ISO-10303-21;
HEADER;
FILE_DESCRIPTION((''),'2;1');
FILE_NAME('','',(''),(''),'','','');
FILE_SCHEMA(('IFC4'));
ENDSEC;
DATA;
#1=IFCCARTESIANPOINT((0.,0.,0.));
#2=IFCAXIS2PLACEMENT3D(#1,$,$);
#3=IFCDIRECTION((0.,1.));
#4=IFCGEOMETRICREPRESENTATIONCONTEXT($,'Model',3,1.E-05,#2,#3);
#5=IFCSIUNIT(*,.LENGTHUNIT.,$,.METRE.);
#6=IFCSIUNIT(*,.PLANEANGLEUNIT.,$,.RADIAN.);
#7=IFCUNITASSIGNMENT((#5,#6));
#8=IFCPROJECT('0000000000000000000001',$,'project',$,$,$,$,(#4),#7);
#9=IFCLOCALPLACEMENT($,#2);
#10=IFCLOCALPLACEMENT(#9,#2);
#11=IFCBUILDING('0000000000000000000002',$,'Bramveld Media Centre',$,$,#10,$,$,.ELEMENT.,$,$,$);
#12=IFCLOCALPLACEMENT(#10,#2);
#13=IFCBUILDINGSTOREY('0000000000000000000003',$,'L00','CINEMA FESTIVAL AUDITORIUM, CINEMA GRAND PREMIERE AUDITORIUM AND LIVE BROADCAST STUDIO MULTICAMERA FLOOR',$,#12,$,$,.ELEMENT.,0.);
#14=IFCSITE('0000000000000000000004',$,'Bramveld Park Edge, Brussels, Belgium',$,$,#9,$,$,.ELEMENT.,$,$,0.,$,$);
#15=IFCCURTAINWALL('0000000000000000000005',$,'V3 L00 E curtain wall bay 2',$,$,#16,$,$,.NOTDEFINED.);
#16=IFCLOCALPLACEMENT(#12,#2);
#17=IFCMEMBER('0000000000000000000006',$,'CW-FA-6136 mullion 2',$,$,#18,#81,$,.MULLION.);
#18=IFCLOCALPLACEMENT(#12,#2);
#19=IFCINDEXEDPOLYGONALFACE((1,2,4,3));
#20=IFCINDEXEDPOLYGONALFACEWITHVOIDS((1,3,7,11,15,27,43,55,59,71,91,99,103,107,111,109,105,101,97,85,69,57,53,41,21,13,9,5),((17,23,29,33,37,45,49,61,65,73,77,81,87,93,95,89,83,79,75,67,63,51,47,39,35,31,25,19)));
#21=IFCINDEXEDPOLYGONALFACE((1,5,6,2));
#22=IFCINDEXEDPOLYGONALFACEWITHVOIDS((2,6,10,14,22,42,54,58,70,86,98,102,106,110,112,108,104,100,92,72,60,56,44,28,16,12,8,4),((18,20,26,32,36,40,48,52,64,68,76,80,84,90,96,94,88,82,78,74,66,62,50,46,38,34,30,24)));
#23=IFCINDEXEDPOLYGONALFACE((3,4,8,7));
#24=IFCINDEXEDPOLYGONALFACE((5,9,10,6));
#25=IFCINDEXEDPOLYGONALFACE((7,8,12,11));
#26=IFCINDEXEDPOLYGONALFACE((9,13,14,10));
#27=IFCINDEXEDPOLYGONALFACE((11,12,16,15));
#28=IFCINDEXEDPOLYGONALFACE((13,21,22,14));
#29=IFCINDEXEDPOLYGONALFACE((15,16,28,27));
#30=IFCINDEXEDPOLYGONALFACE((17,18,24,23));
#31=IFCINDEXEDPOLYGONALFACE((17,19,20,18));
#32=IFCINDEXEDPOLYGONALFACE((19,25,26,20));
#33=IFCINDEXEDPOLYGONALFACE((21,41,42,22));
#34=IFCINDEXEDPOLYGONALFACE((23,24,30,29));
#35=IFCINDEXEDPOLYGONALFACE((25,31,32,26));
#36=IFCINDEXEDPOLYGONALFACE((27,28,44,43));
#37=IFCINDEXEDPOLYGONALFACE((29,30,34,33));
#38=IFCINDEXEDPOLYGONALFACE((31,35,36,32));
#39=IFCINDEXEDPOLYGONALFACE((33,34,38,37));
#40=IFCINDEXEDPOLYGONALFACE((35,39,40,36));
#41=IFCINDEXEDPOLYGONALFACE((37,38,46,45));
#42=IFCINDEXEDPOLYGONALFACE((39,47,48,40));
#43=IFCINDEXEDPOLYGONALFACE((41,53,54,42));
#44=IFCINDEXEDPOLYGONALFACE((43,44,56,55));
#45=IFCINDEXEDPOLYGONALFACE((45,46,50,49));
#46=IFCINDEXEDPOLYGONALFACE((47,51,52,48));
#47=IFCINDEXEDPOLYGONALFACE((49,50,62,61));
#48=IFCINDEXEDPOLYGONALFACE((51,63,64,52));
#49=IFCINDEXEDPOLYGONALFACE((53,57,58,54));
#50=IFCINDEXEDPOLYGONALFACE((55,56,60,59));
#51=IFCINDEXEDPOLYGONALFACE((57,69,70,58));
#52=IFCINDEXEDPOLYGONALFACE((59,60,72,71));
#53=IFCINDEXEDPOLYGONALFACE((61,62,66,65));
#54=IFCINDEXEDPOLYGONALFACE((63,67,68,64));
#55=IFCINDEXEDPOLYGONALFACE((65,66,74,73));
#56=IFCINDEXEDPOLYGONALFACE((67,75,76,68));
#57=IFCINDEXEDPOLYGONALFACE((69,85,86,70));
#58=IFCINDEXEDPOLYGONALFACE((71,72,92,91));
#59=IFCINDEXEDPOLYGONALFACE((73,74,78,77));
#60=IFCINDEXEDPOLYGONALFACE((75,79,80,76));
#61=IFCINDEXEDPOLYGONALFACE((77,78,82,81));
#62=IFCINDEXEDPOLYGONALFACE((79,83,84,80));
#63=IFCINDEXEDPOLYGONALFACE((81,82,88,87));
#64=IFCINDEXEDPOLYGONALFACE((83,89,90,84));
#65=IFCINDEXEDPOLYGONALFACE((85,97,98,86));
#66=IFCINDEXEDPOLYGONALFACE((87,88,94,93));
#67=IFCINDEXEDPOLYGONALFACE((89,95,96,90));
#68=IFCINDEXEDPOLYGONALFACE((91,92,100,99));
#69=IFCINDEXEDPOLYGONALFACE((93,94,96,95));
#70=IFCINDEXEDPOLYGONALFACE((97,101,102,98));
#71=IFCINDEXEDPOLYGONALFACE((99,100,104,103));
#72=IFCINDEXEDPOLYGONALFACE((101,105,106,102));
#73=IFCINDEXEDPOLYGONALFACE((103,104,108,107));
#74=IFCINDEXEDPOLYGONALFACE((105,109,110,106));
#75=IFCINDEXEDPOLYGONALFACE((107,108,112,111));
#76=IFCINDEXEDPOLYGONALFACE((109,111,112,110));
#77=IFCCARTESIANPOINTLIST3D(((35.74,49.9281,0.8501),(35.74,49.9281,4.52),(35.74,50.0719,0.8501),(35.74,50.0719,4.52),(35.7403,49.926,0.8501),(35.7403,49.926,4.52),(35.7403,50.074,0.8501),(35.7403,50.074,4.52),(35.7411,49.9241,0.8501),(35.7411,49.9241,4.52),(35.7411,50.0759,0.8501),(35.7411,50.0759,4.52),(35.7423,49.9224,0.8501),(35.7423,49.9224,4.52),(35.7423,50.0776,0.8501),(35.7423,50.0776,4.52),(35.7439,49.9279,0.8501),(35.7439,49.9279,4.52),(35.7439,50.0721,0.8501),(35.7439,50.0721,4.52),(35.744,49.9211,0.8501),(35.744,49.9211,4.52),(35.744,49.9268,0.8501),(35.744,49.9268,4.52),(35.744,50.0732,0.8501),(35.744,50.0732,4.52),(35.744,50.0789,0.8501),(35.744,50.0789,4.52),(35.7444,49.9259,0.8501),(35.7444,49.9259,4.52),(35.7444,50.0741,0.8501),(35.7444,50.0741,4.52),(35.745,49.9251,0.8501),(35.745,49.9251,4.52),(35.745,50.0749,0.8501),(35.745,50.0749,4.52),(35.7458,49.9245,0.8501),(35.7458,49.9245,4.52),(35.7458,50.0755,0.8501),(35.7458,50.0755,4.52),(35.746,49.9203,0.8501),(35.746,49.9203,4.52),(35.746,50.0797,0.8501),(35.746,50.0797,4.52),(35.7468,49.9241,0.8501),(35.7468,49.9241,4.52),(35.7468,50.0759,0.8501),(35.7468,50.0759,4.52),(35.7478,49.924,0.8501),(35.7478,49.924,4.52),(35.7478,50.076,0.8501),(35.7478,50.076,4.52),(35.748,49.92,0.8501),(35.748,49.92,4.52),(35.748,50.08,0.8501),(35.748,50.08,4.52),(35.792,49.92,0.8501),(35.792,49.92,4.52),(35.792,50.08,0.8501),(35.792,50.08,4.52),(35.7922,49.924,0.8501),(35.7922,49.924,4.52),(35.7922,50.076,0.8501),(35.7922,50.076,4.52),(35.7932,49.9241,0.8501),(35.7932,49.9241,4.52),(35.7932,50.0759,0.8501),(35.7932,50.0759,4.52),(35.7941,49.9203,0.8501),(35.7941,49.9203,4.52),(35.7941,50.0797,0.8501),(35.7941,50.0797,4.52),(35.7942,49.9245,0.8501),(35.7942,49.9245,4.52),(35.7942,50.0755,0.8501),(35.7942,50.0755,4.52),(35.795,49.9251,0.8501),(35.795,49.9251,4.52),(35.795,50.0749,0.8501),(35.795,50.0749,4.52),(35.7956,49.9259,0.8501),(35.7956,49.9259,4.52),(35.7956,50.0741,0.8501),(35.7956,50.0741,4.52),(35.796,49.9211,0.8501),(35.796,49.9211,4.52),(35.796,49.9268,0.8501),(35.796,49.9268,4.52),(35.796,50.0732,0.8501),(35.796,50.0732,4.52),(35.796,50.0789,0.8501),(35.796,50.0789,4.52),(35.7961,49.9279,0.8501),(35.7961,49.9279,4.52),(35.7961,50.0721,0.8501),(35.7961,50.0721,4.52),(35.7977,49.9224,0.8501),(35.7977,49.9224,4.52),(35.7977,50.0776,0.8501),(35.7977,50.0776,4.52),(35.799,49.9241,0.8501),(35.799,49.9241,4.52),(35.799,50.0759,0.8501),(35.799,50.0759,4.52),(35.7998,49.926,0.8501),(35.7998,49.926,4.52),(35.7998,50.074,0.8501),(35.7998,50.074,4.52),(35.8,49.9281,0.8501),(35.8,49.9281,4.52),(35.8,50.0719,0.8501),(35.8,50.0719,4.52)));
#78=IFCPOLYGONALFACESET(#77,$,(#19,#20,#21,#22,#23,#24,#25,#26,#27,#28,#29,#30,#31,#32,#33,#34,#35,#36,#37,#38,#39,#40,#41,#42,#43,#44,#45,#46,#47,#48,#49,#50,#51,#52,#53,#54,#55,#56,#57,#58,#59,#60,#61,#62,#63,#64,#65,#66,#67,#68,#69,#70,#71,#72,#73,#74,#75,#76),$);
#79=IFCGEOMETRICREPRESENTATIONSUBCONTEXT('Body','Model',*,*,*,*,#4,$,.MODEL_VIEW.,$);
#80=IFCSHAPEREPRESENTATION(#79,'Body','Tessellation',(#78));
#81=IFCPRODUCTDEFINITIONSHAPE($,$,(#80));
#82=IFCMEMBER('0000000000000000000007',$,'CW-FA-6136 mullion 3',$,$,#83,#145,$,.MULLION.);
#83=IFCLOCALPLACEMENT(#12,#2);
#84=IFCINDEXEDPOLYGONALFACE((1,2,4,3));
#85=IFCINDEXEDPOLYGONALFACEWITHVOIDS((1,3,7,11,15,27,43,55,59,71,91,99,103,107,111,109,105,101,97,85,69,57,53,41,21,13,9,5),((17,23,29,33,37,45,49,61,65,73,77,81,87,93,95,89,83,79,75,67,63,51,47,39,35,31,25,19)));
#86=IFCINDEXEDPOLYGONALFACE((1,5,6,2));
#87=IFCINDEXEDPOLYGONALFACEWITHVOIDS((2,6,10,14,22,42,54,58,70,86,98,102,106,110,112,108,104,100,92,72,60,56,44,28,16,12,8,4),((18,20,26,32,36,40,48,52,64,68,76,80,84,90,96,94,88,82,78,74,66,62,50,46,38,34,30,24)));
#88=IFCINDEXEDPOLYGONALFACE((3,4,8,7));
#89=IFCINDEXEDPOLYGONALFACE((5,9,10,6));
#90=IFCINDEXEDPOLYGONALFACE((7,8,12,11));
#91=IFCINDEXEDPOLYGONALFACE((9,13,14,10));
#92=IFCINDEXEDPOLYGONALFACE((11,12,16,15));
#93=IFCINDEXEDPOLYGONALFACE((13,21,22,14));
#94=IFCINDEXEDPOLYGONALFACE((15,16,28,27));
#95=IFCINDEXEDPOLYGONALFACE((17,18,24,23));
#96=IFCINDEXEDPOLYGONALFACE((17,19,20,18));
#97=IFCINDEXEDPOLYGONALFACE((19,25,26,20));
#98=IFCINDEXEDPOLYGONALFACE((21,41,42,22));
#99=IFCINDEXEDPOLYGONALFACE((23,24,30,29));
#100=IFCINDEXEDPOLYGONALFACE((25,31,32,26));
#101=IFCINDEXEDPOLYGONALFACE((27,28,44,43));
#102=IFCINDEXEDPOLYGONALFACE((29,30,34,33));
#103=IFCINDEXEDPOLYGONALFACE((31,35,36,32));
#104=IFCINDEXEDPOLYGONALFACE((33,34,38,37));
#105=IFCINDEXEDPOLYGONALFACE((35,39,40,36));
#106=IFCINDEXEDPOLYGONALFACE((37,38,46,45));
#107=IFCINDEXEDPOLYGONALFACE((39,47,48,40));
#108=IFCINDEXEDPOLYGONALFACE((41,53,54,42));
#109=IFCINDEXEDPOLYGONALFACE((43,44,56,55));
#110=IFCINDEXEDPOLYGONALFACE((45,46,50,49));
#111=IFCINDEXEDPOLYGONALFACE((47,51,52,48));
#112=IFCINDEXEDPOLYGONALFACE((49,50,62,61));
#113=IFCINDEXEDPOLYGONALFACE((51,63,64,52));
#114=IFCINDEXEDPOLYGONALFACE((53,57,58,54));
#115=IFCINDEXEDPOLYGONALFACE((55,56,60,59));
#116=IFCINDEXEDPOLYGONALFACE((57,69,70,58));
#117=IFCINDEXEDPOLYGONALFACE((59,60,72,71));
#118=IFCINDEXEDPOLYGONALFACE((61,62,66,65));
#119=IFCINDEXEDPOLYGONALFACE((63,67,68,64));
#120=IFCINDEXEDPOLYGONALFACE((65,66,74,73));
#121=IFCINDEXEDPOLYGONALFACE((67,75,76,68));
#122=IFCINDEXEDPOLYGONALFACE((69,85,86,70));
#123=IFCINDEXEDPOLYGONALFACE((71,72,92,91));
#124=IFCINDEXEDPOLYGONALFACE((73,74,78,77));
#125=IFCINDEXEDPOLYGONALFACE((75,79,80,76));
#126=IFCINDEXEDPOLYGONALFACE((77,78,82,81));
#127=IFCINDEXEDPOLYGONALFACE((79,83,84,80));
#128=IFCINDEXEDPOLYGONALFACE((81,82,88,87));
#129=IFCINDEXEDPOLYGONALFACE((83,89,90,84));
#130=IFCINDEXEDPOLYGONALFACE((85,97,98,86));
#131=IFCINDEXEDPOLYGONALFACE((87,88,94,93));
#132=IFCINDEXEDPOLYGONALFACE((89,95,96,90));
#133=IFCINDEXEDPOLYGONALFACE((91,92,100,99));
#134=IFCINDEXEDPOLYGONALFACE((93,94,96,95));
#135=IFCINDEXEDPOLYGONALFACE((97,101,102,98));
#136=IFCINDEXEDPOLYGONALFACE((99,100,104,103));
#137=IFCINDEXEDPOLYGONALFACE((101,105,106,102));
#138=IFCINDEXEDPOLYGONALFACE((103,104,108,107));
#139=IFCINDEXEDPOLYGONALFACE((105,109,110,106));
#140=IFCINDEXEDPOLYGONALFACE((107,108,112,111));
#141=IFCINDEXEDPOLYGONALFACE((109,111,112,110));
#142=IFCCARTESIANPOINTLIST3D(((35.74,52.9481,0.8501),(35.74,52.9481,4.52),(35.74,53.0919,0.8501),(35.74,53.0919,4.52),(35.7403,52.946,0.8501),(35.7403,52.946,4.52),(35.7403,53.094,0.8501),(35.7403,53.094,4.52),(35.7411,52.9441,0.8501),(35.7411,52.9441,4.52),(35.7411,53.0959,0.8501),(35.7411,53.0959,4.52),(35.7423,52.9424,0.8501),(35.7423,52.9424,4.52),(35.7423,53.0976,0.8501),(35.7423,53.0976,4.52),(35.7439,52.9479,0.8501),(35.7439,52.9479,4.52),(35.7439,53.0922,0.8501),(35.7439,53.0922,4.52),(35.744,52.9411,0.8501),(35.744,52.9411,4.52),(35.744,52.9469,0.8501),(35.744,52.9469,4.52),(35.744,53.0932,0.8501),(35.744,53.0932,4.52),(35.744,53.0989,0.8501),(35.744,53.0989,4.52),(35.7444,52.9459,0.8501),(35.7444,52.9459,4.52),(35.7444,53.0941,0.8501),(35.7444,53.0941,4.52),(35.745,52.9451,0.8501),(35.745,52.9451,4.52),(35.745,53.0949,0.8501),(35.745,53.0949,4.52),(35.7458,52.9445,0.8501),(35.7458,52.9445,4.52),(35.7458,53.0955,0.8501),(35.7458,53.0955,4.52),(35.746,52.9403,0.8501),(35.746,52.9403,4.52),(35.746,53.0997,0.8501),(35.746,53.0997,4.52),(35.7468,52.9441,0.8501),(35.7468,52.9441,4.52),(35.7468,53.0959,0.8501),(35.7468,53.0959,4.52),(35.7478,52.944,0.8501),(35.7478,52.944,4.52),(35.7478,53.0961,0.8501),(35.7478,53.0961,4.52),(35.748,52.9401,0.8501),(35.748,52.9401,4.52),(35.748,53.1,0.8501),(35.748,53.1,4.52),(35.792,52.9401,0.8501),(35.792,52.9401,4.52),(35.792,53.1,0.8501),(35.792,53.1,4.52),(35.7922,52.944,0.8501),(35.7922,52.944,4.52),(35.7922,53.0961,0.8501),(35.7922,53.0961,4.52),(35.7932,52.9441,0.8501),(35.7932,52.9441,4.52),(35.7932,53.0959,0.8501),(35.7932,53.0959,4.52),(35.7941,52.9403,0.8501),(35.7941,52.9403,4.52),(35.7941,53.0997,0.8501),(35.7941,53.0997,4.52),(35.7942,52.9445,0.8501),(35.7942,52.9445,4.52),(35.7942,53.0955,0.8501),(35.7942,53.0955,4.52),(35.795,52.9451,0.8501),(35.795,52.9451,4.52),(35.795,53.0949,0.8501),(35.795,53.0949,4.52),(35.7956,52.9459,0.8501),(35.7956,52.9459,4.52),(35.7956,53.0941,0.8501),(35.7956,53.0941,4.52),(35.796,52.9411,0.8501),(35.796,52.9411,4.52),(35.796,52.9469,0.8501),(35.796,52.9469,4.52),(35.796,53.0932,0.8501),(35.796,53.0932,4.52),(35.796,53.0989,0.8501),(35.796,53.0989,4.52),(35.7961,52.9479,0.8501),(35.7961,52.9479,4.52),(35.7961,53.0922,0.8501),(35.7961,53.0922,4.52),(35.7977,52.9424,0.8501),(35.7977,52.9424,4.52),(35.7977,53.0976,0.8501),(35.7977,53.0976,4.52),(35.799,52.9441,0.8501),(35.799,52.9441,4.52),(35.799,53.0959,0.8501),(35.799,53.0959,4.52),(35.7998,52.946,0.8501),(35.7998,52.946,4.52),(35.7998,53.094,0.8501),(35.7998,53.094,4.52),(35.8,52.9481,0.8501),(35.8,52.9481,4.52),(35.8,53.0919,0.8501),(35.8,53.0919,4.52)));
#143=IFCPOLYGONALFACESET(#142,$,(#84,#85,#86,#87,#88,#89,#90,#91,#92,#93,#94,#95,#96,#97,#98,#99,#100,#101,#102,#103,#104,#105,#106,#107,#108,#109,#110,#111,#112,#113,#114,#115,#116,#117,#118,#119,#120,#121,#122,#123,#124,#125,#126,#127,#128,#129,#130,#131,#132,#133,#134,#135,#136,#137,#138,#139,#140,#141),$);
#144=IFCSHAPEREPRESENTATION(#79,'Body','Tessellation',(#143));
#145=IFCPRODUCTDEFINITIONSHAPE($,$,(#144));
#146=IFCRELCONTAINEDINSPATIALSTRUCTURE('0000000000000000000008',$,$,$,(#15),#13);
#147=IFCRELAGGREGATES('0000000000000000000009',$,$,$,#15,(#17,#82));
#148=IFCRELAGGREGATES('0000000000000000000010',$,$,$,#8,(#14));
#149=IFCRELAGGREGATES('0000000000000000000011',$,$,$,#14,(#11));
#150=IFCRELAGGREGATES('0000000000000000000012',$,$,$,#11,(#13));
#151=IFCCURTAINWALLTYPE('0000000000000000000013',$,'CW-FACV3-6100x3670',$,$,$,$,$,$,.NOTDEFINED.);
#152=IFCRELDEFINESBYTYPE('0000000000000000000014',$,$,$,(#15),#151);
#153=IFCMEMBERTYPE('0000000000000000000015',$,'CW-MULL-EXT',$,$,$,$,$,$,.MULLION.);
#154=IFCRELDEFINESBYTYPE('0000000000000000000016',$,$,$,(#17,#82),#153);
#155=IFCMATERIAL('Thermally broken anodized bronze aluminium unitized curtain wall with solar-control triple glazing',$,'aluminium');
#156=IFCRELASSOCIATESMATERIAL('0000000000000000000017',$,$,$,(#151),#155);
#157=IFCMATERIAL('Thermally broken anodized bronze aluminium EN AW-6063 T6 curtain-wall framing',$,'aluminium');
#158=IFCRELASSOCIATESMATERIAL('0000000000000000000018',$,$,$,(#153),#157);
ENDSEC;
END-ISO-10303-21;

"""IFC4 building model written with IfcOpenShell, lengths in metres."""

from ifc_helpers import new_model, si_unit, direction, frame, origin, origin_2d, place, context, subcontext, project, spatial, hollow_rectangle, extrude, material, material_profile, profile_set, type_object, element, aggregate, save


model = new_model("IFC4")

# Units and contexts
model_context = context("Model", 3, precision=1e-05, world=origin(), true_north=direction((0.0, 1.0)))
body_context = subcontext(model_context, "Body", "Model", "MODEL_VIEW")
ifc_project = project(units=[si_unit("LENGTHUNIT", "METRE"), si_unit("PLANEANGLEUNIT", "RADIAN")], contexts=[model_context])

# Site, building, storey
site_placement = place(None, origin())
site = spatial("IfcSite", under=ifc_project, at=site_placement, Name="Bramveld Park Edge, Brussels, Belgium", CompositionType="ELEMENT", RefElevation=0.0)
building_placement = place(site_placement, origin())
building = spatial("IfcBuilding", under=site, at=building_placement, Name="Bramveld Media Centre", CompositionType="ELEMENT")
storey_placement = place(building_placement, origin())
storey = spatial("IfcBuildingStorey", under=building, at=storey_placement, Name="L00", Description="CINEMA FESTIVAL AUDITORIUM, CINEMA GRAND PREMIERE AUDITORIUM AND LIVE BROADCAST STUDIO MULTICAMERA FLOOR", CompositionType="ELEMENT", Elevation=0.0)

# Curtain wall, members
ifc_material_1 = material(Name="Thermally broken anodized bronze aluminium unitized curtain wall with solar-control triple glazing", Category="aluminium")
curtain_wall_type = type_object("IfcCurtainWallType", Name="CW-FACV3-6100x3670", PredefinedType="NOTDEFINED", material=ifc_material_1)
curtain_wall_1_placement = place(storey_placement, origin())
curtain_wall_1 = element("IfcCurtainWall", 1, at=curtain_wall_1_placement, inside=storey, type_object=curtain_wall_type, Name="V3 L00 E curtain wall bay 2", PredefinedType="NOTDEFINED")
ifc_material_2 = material(Name="Thermally broken anodized bronze aluminium EN AW-6063 T6 curtain-wall framing", Category="aluminium")
ifc_material_profile_1 = material_profile(ifc_material_2, hollow_rectangle(XDim=0.0601, YDim=0.1599, WallThickness=0.0039, InnerFilletRadius=0.0039, OuterFilletRadius=0.0081, at=origin_2d()), Name="AL-MULL 60x160")
ifc_profile_set_1 = profile_set([ifc_material_profile_1], Name="Thermally broken anodized bronze aluminium EN AW-6063 T6 curtain-wall framing")
member_type_1 = type_object("IfcMemberType", Name="CW-MULL-EXT", PredefinedType="MULLION", material=ifc_profile_set_1)
member_1_placement = place(storey_placement, frame((35.77, 50.0, 0.8501), z_axis=(0.0, 0.0, 1.0), x_axis=(-1.0, 0.0, 0.0)))
member_1 = element("IfcMember", 2, at=member_1_placement, type_object=member_type_1, Name="CW-FA-6136 mullion 2", PredefinedType="MULLION", context=body_context, shape_type="SweptSolid", body=[
    extrude(hollow_rectangle(XDim=0.0601, YDim=0.1599, WallThickness=0.0039, InnerFilletRadius=0.0039, OuterFilletRadius=0.0081, at=origin_2d()), origin(), (0.0, 0.0, 1.0), 3.6699),
])
member_2_placement = place(storey_placement, frame((35.77, 53.02, 0.8501), z_axis=(0.0, 0.0, 1.0), x_axis=(-1.0, 0.0, 0.0)))
member_2 = element("IfcMember", 3, at=member_2_placement, type_object=member_type_1, Name="CW-FA-6136 mullion 3", PredefinedType="MULLION", context=body_context, shape_type="SweptSolid", body=[
    extrude(hollow_rectangle(XDim=0.0601, YDim=0.1599, WallThickness=0.0039, InnerFilletRadius=0.0039, OuterFilletRadius=0.0081, at=origin_2d()), origin(), (0.0, 0.0, 1.0), 3.6699),
])

aggregate(curtain_wall_1, [member_1, member_2])

save(model, "model.ifc")
